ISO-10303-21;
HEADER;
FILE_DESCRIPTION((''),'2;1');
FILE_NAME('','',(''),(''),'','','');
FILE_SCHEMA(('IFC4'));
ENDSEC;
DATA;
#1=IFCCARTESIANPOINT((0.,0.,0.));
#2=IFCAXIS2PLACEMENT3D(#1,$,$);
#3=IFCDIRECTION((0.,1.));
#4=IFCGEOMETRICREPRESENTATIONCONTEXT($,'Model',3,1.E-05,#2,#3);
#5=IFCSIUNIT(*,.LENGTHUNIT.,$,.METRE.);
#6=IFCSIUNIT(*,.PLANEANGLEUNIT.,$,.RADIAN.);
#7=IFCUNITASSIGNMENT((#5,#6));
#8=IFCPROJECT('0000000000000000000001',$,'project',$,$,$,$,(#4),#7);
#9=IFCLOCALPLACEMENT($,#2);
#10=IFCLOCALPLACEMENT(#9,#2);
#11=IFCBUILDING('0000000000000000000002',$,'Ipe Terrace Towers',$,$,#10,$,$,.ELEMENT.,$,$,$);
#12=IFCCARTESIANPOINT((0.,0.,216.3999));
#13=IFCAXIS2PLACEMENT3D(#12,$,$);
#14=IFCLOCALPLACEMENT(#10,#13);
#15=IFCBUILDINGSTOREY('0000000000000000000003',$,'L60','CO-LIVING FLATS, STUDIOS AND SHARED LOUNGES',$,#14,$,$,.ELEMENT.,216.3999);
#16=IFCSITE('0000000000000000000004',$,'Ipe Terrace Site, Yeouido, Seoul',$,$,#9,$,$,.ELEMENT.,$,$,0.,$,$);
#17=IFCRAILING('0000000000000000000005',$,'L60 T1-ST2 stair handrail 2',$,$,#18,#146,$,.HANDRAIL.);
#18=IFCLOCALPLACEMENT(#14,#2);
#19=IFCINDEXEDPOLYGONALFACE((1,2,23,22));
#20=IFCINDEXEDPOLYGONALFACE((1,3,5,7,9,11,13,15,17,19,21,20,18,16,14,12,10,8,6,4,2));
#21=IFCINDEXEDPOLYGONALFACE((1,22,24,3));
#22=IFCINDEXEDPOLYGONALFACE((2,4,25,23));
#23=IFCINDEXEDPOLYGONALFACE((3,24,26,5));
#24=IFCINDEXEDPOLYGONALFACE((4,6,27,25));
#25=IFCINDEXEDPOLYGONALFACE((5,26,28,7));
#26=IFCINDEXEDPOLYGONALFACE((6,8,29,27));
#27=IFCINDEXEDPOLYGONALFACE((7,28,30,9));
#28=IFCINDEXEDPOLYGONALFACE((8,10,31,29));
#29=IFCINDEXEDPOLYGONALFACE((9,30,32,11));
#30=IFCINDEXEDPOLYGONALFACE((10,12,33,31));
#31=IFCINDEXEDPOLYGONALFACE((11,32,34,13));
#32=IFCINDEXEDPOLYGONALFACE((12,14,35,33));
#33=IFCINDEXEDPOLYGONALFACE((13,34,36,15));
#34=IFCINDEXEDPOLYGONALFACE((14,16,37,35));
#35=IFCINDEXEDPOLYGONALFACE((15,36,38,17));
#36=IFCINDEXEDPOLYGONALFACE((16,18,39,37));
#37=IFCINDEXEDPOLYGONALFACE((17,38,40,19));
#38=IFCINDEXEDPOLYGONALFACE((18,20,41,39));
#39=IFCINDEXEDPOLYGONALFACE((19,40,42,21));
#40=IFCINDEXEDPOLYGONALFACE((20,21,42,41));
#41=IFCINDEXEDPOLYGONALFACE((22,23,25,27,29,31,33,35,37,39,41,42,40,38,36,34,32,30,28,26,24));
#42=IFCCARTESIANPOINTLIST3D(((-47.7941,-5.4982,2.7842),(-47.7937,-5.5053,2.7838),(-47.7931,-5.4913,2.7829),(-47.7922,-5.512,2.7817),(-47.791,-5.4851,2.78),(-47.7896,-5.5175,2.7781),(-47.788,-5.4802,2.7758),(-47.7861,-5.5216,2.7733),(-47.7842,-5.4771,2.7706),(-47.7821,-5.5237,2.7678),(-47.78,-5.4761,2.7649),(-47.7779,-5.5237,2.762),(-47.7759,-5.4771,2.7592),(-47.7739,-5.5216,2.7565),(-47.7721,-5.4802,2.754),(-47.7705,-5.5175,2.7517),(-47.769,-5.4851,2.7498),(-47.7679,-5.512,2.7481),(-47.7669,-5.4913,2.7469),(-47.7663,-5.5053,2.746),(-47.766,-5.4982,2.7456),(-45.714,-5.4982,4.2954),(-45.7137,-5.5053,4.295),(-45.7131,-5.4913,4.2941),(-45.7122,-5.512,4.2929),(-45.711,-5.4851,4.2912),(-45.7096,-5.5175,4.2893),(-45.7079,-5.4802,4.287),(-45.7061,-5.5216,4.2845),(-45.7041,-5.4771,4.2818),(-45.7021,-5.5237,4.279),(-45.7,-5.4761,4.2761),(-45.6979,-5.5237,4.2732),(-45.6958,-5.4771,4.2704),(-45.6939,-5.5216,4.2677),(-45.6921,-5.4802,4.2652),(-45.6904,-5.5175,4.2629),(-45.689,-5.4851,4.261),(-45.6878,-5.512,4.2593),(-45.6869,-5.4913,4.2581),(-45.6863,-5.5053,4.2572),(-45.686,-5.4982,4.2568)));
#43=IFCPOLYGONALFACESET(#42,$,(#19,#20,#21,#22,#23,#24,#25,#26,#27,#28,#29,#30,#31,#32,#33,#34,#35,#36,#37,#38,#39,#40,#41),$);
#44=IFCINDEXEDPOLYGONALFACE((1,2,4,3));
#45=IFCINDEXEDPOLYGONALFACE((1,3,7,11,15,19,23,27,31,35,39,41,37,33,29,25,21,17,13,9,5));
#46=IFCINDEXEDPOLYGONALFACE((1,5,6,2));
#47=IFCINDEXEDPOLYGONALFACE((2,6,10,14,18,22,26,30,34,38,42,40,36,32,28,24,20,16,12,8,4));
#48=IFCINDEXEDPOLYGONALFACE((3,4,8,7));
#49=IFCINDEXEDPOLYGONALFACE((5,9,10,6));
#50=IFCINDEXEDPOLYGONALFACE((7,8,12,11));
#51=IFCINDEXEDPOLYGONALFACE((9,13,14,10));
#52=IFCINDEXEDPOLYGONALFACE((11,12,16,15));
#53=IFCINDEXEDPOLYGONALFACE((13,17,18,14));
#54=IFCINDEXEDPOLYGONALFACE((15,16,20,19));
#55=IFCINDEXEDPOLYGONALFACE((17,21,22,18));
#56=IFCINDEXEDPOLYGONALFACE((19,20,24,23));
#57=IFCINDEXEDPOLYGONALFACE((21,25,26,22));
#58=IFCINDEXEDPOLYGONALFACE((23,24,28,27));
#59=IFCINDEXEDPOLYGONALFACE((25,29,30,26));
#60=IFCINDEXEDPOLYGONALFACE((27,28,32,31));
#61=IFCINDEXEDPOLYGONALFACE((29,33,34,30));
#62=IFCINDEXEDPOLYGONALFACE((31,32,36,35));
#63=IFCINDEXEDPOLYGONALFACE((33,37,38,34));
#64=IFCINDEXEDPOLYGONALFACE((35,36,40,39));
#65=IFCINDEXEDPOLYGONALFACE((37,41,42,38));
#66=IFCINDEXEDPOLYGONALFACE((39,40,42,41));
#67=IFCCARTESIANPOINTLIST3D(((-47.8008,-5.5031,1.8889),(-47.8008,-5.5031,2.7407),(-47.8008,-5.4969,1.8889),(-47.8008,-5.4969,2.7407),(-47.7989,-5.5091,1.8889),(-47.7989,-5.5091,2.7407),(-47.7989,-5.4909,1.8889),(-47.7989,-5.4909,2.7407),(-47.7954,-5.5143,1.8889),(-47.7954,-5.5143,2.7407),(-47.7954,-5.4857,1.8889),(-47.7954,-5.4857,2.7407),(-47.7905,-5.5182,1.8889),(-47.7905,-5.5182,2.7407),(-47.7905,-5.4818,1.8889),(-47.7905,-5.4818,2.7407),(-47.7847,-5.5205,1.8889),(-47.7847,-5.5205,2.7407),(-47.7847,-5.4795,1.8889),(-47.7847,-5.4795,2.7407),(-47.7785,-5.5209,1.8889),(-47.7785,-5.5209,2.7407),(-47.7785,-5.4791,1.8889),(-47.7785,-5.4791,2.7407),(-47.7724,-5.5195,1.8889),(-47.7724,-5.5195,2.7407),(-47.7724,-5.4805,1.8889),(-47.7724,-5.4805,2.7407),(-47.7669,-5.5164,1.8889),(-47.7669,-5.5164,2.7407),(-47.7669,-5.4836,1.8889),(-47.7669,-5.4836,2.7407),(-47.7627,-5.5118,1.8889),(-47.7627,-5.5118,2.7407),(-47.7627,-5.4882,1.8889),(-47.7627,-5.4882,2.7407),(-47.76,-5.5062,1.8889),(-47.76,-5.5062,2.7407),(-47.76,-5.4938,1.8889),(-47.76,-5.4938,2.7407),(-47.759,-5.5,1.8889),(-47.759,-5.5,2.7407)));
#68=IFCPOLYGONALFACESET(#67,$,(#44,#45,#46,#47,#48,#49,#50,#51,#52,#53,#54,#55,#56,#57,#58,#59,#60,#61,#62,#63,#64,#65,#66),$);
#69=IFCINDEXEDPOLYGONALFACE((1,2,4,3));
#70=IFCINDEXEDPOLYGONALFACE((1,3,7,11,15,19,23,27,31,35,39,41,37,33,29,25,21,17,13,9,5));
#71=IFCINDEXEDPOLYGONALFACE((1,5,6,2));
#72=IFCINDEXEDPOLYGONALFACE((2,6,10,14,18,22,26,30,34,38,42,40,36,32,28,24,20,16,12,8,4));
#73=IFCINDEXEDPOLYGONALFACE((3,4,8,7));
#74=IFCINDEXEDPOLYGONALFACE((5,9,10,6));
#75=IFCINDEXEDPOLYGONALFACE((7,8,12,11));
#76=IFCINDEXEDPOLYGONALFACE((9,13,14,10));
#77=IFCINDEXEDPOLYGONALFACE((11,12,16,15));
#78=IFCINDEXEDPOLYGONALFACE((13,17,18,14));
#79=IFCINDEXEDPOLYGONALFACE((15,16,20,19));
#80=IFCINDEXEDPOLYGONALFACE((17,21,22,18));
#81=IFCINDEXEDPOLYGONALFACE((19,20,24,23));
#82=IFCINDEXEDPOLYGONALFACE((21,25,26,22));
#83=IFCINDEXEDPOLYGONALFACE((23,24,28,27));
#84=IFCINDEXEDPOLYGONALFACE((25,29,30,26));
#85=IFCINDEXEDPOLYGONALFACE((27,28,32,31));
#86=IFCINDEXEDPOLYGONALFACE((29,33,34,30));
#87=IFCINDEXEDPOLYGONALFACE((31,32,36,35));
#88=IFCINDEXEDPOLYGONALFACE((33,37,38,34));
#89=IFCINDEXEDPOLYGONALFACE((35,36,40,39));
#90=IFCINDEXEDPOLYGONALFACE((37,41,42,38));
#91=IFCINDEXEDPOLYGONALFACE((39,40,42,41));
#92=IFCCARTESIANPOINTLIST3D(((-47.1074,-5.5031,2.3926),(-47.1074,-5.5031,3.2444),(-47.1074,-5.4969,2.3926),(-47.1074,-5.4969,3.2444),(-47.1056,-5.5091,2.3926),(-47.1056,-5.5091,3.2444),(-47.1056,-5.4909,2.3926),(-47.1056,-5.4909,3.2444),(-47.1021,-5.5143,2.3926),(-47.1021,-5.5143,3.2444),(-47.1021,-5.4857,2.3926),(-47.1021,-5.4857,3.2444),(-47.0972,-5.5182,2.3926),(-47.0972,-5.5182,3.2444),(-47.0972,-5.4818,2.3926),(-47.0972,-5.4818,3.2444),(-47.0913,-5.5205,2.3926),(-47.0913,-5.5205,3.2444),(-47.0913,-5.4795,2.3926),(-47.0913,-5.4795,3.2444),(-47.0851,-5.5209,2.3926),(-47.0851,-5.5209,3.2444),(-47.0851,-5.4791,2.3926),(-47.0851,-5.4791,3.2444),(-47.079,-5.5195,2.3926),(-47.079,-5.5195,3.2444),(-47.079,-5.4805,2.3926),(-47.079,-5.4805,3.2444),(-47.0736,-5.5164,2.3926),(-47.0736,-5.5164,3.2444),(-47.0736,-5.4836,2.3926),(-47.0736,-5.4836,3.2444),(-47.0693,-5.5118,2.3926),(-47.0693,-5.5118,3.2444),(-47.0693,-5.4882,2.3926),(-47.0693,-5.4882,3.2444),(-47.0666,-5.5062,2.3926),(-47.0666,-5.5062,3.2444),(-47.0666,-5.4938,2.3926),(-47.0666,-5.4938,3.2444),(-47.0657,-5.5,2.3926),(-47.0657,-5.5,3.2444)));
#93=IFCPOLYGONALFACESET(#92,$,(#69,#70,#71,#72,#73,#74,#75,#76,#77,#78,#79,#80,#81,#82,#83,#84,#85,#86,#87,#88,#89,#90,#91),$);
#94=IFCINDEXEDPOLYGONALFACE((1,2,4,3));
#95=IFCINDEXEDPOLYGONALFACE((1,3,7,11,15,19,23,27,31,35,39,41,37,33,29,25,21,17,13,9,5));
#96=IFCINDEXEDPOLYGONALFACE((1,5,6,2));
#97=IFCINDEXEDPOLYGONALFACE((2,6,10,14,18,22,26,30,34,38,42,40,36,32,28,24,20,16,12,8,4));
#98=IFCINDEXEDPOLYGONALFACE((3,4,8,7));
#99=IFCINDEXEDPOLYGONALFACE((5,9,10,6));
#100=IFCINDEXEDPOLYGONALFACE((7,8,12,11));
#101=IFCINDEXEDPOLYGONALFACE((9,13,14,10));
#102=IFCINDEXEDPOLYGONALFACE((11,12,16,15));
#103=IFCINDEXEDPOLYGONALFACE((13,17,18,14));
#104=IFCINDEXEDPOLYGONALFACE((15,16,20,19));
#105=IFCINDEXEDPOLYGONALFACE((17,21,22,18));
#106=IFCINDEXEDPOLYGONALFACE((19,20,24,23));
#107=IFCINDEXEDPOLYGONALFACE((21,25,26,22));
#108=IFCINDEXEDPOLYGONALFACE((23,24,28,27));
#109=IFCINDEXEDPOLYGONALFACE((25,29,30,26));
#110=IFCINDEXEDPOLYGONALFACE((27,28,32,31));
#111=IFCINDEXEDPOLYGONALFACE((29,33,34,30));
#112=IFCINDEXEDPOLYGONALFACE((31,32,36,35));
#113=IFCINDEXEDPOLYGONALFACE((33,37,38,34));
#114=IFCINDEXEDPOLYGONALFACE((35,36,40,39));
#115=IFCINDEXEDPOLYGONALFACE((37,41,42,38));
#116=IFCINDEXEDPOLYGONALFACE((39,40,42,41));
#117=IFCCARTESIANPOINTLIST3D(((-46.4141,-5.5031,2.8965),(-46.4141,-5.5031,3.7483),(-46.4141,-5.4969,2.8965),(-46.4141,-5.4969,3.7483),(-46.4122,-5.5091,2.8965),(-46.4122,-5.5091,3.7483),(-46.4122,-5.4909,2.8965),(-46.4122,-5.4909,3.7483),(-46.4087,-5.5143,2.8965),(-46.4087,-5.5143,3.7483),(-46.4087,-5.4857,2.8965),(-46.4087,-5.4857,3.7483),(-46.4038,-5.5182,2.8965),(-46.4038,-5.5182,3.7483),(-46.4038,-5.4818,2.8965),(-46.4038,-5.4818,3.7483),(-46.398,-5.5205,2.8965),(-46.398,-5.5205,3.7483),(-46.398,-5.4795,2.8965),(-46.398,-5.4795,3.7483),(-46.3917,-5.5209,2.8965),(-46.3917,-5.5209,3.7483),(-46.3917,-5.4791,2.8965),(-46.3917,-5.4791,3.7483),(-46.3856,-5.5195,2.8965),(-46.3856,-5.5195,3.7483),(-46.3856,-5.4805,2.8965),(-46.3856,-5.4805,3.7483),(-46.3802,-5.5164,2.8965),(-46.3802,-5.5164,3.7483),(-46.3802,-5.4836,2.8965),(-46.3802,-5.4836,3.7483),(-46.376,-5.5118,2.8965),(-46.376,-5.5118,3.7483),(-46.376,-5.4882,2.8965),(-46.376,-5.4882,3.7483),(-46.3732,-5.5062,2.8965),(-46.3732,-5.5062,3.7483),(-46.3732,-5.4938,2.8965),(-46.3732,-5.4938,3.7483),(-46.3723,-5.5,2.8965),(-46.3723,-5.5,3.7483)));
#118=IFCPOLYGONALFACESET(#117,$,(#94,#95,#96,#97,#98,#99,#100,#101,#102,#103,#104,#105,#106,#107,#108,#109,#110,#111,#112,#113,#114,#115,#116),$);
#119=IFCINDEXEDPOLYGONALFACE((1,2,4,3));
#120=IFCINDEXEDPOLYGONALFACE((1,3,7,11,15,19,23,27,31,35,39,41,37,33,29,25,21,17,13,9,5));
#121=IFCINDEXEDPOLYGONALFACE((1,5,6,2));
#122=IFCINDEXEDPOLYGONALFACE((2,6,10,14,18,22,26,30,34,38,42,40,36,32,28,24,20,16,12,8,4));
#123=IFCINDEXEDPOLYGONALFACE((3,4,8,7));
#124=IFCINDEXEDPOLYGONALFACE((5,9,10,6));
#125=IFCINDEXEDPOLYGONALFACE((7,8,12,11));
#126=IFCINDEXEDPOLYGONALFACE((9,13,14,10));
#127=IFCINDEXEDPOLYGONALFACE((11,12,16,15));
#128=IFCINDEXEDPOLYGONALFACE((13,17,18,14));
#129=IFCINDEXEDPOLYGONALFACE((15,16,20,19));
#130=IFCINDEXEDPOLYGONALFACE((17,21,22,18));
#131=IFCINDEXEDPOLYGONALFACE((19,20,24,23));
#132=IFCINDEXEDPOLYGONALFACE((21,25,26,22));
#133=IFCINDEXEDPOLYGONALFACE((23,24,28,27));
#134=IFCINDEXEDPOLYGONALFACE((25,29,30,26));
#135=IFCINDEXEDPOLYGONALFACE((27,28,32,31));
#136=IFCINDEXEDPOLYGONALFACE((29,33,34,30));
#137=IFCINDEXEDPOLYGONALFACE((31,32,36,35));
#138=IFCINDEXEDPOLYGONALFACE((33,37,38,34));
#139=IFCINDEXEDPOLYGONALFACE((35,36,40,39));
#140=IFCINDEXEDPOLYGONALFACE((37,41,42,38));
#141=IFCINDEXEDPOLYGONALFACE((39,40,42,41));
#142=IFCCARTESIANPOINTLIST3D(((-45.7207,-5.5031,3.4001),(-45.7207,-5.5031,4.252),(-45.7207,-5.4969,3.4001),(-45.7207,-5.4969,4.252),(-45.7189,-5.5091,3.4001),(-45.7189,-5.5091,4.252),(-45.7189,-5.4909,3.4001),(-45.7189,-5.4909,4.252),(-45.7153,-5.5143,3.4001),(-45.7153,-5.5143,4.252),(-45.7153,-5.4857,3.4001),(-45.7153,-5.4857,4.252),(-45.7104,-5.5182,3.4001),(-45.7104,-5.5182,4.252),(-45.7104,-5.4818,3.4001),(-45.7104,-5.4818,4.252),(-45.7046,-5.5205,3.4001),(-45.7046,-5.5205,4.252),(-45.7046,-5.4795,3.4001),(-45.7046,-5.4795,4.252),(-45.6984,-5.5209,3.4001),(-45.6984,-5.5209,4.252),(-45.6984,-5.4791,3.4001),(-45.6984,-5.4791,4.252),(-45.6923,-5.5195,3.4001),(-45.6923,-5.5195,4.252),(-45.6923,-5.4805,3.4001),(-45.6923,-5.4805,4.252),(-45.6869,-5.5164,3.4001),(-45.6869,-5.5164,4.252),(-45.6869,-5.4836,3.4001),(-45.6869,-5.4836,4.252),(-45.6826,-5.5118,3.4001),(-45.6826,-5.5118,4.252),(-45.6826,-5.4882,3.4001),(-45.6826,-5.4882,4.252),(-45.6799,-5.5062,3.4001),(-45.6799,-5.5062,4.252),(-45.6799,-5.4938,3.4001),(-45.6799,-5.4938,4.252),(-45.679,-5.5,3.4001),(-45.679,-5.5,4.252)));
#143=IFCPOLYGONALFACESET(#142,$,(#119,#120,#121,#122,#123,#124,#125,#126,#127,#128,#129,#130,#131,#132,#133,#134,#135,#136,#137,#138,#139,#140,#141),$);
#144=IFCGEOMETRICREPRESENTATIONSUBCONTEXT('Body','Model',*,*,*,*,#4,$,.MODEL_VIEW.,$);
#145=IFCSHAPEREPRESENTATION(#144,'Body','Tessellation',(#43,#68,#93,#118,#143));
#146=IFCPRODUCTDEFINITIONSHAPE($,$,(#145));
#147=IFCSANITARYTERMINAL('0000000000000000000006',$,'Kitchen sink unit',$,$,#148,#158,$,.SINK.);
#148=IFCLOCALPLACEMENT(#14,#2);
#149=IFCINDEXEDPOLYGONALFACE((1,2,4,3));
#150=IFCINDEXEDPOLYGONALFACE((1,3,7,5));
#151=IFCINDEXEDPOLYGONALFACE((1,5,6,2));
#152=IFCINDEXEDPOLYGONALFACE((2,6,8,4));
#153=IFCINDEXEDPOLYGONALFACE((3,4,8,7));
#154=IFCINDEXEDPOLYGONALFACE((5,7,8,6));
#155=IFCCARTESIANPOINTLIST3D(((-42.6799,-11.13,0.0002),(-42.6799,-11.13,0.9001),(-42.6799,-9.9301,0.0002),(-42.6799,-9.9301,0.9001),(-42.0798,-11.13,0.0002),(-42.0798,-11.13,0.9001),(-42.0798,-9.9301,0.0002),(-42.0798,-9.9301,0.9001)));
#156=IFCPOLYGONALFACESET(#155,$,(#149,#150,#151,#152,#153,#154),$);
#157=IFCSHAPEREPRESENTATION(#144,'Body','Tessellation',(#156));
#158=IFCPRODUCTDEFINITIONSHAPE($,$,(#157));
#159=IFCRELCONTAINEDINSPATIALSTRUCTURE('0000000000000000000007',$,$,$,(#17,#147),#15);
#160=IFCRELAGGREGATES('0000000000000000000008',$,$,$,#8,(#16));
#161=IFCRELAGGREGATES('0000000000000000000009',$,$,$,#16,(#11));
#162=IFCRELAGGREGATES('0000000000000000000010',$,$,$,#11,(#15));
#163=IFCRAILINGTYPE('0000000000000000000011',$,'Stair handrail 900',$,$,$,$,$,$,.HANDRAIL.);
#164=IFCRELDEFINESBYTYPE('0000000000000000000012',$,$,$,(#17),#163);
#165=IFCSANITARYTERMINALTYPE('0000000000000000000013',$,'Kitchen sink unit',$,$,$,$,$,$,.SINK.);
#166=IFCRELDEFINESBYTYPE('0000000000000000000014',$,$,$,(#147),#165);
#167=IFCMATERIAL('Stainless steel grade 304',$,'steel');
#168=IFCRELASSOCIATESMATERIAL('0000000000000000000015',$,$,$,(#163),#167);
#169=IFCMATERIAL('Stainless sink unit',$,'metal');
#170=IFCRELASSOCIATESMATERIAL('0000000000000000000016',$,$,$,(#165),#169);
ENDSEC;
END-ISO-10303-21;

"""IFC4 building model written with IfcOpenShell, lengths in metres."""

from ifc_helpers import new_model, si_unit, direction, frame, origin, origin_2d, place, context, subcontext, project, spatial, rectangle, circle, extrude, material, type_object, element, save


model = new_model("IFC4")

# Units and contexts
model_context = context("Model", 3, precision=1e-05, world=origin(), true_north=direction((0.0, 1.0)))
body_context = subcontext(model_context, "Body", "Model", "MODEL_VIEW")
ifc_project = project(units=[si_unit("LENGTHUNIT", "METRE"), si_unit("PLANEANGLEUNIT", "RADIAN")], contexts=[model_context])

# Site, building, storey
site_placement = place(None, origin())
site = spatial("IfcSite", under=ifc_project, at=site_placement, Name="Ipe Terrace Site, Yeouido, Seoul", CompositionType="ELEMENT", RefElevation=0.0)
building_placement = place(site_placement, origin())
building = spatial("IfcBuilding", under=site, at=building_placement, Name="Ipe Terrace Towers", CompositionType="ELEMENT")
storey_placement = place(building_placement, frame((0.0, 0.0, 216.3999)))
storey = spatial("IfcBuildingStorey", under=building, at=storey_placement, Name="L60", Description="CO-LIVING FLATS, STUDIOS AND SHARED LOUNGES", CompositionType="ELEMENT", Elevation=216.3999)

# Railing
ifc_material_1 = material(Name="Stainless steel grade 304", Category="steel")
railing_type_1 = type_object("IfcRailingType", Name="Stair handrail 900", PredefinedType="HANDRAIL", material=ifc_material_1)
railing_1_placement = place(storey_placement, frame((-47.78, -5.5, 1.8889)))
element("IfcRailing", 1, at=railing_1_placement, inside=storey, type_object=railing_type_1, Name="L60 T1-ST2 stair handrail 2", PredefinedType="HANDRAIL", context=body_context, shape_type="SweptSolid", body=[
    extrude(circle(Radius=0.0239, at=origin_2d()), frame((0.0, 0.0, 0.876), z_axis=(0.809023, 0.0, 0.587776), x_axis=(0.0, 1.0, 0.0)), (0.0, 0.0, 1.0), 2.571),
    extrude(circle(Radius=0.021, at=origin_2d()), origin(), (0.0, 0.0, 1.0), 0.8518),
    extrude(circle(Radius=0.021, at=origin_2d()), frame((0.6934, 0.0, 0.5037)), (0.0, 0.0, 1.0), 0.8518),
    extrude(circle(Radius=0.021, at=origin_2d()), frame((1.3867, 0.0, 1.0076)), (0.0, 0.0, 1.0), 0.8518),
    extrude(circle(Radius=0.021, at=origin_2d()), frame((2.0801, 0.0, 1.5112)), (0.0, 0.0, 1.0), 0.8518),
])

# Sanitary terminal
ifc_material_2 = material(Name="Stainless sink unit", Category="metal")
sanitary_terminal_type = type_object("IfcSanitaryTerminalType", Name="Kitchen sink unit", PredefinedType="SINK", material=ifc_material_2)
sanitary_terminal_placement = place(storey_placement, frame((-42.3799, -10.53, 0.0002), z_axis=(0.0, 0.0, 1.0), x_axis=(0.0, 1.0, 0.0)))
element("IfcSanitaryTerminal", 2, at=sanitary_terminal_placement, inside=storey, type_object=sanitary_terminal_type, Name="Kitchen sink unit", PredefinedType="SINK", context=body_context, shape_type="SweptSolid", body=[
    extrude(rectangle(XDim=1.2, YDim=0.6001, at=origin_2d()), origin(), (0.0, 0.0, 1.0), 0.8999),
])

save(model, "model.ifc")
